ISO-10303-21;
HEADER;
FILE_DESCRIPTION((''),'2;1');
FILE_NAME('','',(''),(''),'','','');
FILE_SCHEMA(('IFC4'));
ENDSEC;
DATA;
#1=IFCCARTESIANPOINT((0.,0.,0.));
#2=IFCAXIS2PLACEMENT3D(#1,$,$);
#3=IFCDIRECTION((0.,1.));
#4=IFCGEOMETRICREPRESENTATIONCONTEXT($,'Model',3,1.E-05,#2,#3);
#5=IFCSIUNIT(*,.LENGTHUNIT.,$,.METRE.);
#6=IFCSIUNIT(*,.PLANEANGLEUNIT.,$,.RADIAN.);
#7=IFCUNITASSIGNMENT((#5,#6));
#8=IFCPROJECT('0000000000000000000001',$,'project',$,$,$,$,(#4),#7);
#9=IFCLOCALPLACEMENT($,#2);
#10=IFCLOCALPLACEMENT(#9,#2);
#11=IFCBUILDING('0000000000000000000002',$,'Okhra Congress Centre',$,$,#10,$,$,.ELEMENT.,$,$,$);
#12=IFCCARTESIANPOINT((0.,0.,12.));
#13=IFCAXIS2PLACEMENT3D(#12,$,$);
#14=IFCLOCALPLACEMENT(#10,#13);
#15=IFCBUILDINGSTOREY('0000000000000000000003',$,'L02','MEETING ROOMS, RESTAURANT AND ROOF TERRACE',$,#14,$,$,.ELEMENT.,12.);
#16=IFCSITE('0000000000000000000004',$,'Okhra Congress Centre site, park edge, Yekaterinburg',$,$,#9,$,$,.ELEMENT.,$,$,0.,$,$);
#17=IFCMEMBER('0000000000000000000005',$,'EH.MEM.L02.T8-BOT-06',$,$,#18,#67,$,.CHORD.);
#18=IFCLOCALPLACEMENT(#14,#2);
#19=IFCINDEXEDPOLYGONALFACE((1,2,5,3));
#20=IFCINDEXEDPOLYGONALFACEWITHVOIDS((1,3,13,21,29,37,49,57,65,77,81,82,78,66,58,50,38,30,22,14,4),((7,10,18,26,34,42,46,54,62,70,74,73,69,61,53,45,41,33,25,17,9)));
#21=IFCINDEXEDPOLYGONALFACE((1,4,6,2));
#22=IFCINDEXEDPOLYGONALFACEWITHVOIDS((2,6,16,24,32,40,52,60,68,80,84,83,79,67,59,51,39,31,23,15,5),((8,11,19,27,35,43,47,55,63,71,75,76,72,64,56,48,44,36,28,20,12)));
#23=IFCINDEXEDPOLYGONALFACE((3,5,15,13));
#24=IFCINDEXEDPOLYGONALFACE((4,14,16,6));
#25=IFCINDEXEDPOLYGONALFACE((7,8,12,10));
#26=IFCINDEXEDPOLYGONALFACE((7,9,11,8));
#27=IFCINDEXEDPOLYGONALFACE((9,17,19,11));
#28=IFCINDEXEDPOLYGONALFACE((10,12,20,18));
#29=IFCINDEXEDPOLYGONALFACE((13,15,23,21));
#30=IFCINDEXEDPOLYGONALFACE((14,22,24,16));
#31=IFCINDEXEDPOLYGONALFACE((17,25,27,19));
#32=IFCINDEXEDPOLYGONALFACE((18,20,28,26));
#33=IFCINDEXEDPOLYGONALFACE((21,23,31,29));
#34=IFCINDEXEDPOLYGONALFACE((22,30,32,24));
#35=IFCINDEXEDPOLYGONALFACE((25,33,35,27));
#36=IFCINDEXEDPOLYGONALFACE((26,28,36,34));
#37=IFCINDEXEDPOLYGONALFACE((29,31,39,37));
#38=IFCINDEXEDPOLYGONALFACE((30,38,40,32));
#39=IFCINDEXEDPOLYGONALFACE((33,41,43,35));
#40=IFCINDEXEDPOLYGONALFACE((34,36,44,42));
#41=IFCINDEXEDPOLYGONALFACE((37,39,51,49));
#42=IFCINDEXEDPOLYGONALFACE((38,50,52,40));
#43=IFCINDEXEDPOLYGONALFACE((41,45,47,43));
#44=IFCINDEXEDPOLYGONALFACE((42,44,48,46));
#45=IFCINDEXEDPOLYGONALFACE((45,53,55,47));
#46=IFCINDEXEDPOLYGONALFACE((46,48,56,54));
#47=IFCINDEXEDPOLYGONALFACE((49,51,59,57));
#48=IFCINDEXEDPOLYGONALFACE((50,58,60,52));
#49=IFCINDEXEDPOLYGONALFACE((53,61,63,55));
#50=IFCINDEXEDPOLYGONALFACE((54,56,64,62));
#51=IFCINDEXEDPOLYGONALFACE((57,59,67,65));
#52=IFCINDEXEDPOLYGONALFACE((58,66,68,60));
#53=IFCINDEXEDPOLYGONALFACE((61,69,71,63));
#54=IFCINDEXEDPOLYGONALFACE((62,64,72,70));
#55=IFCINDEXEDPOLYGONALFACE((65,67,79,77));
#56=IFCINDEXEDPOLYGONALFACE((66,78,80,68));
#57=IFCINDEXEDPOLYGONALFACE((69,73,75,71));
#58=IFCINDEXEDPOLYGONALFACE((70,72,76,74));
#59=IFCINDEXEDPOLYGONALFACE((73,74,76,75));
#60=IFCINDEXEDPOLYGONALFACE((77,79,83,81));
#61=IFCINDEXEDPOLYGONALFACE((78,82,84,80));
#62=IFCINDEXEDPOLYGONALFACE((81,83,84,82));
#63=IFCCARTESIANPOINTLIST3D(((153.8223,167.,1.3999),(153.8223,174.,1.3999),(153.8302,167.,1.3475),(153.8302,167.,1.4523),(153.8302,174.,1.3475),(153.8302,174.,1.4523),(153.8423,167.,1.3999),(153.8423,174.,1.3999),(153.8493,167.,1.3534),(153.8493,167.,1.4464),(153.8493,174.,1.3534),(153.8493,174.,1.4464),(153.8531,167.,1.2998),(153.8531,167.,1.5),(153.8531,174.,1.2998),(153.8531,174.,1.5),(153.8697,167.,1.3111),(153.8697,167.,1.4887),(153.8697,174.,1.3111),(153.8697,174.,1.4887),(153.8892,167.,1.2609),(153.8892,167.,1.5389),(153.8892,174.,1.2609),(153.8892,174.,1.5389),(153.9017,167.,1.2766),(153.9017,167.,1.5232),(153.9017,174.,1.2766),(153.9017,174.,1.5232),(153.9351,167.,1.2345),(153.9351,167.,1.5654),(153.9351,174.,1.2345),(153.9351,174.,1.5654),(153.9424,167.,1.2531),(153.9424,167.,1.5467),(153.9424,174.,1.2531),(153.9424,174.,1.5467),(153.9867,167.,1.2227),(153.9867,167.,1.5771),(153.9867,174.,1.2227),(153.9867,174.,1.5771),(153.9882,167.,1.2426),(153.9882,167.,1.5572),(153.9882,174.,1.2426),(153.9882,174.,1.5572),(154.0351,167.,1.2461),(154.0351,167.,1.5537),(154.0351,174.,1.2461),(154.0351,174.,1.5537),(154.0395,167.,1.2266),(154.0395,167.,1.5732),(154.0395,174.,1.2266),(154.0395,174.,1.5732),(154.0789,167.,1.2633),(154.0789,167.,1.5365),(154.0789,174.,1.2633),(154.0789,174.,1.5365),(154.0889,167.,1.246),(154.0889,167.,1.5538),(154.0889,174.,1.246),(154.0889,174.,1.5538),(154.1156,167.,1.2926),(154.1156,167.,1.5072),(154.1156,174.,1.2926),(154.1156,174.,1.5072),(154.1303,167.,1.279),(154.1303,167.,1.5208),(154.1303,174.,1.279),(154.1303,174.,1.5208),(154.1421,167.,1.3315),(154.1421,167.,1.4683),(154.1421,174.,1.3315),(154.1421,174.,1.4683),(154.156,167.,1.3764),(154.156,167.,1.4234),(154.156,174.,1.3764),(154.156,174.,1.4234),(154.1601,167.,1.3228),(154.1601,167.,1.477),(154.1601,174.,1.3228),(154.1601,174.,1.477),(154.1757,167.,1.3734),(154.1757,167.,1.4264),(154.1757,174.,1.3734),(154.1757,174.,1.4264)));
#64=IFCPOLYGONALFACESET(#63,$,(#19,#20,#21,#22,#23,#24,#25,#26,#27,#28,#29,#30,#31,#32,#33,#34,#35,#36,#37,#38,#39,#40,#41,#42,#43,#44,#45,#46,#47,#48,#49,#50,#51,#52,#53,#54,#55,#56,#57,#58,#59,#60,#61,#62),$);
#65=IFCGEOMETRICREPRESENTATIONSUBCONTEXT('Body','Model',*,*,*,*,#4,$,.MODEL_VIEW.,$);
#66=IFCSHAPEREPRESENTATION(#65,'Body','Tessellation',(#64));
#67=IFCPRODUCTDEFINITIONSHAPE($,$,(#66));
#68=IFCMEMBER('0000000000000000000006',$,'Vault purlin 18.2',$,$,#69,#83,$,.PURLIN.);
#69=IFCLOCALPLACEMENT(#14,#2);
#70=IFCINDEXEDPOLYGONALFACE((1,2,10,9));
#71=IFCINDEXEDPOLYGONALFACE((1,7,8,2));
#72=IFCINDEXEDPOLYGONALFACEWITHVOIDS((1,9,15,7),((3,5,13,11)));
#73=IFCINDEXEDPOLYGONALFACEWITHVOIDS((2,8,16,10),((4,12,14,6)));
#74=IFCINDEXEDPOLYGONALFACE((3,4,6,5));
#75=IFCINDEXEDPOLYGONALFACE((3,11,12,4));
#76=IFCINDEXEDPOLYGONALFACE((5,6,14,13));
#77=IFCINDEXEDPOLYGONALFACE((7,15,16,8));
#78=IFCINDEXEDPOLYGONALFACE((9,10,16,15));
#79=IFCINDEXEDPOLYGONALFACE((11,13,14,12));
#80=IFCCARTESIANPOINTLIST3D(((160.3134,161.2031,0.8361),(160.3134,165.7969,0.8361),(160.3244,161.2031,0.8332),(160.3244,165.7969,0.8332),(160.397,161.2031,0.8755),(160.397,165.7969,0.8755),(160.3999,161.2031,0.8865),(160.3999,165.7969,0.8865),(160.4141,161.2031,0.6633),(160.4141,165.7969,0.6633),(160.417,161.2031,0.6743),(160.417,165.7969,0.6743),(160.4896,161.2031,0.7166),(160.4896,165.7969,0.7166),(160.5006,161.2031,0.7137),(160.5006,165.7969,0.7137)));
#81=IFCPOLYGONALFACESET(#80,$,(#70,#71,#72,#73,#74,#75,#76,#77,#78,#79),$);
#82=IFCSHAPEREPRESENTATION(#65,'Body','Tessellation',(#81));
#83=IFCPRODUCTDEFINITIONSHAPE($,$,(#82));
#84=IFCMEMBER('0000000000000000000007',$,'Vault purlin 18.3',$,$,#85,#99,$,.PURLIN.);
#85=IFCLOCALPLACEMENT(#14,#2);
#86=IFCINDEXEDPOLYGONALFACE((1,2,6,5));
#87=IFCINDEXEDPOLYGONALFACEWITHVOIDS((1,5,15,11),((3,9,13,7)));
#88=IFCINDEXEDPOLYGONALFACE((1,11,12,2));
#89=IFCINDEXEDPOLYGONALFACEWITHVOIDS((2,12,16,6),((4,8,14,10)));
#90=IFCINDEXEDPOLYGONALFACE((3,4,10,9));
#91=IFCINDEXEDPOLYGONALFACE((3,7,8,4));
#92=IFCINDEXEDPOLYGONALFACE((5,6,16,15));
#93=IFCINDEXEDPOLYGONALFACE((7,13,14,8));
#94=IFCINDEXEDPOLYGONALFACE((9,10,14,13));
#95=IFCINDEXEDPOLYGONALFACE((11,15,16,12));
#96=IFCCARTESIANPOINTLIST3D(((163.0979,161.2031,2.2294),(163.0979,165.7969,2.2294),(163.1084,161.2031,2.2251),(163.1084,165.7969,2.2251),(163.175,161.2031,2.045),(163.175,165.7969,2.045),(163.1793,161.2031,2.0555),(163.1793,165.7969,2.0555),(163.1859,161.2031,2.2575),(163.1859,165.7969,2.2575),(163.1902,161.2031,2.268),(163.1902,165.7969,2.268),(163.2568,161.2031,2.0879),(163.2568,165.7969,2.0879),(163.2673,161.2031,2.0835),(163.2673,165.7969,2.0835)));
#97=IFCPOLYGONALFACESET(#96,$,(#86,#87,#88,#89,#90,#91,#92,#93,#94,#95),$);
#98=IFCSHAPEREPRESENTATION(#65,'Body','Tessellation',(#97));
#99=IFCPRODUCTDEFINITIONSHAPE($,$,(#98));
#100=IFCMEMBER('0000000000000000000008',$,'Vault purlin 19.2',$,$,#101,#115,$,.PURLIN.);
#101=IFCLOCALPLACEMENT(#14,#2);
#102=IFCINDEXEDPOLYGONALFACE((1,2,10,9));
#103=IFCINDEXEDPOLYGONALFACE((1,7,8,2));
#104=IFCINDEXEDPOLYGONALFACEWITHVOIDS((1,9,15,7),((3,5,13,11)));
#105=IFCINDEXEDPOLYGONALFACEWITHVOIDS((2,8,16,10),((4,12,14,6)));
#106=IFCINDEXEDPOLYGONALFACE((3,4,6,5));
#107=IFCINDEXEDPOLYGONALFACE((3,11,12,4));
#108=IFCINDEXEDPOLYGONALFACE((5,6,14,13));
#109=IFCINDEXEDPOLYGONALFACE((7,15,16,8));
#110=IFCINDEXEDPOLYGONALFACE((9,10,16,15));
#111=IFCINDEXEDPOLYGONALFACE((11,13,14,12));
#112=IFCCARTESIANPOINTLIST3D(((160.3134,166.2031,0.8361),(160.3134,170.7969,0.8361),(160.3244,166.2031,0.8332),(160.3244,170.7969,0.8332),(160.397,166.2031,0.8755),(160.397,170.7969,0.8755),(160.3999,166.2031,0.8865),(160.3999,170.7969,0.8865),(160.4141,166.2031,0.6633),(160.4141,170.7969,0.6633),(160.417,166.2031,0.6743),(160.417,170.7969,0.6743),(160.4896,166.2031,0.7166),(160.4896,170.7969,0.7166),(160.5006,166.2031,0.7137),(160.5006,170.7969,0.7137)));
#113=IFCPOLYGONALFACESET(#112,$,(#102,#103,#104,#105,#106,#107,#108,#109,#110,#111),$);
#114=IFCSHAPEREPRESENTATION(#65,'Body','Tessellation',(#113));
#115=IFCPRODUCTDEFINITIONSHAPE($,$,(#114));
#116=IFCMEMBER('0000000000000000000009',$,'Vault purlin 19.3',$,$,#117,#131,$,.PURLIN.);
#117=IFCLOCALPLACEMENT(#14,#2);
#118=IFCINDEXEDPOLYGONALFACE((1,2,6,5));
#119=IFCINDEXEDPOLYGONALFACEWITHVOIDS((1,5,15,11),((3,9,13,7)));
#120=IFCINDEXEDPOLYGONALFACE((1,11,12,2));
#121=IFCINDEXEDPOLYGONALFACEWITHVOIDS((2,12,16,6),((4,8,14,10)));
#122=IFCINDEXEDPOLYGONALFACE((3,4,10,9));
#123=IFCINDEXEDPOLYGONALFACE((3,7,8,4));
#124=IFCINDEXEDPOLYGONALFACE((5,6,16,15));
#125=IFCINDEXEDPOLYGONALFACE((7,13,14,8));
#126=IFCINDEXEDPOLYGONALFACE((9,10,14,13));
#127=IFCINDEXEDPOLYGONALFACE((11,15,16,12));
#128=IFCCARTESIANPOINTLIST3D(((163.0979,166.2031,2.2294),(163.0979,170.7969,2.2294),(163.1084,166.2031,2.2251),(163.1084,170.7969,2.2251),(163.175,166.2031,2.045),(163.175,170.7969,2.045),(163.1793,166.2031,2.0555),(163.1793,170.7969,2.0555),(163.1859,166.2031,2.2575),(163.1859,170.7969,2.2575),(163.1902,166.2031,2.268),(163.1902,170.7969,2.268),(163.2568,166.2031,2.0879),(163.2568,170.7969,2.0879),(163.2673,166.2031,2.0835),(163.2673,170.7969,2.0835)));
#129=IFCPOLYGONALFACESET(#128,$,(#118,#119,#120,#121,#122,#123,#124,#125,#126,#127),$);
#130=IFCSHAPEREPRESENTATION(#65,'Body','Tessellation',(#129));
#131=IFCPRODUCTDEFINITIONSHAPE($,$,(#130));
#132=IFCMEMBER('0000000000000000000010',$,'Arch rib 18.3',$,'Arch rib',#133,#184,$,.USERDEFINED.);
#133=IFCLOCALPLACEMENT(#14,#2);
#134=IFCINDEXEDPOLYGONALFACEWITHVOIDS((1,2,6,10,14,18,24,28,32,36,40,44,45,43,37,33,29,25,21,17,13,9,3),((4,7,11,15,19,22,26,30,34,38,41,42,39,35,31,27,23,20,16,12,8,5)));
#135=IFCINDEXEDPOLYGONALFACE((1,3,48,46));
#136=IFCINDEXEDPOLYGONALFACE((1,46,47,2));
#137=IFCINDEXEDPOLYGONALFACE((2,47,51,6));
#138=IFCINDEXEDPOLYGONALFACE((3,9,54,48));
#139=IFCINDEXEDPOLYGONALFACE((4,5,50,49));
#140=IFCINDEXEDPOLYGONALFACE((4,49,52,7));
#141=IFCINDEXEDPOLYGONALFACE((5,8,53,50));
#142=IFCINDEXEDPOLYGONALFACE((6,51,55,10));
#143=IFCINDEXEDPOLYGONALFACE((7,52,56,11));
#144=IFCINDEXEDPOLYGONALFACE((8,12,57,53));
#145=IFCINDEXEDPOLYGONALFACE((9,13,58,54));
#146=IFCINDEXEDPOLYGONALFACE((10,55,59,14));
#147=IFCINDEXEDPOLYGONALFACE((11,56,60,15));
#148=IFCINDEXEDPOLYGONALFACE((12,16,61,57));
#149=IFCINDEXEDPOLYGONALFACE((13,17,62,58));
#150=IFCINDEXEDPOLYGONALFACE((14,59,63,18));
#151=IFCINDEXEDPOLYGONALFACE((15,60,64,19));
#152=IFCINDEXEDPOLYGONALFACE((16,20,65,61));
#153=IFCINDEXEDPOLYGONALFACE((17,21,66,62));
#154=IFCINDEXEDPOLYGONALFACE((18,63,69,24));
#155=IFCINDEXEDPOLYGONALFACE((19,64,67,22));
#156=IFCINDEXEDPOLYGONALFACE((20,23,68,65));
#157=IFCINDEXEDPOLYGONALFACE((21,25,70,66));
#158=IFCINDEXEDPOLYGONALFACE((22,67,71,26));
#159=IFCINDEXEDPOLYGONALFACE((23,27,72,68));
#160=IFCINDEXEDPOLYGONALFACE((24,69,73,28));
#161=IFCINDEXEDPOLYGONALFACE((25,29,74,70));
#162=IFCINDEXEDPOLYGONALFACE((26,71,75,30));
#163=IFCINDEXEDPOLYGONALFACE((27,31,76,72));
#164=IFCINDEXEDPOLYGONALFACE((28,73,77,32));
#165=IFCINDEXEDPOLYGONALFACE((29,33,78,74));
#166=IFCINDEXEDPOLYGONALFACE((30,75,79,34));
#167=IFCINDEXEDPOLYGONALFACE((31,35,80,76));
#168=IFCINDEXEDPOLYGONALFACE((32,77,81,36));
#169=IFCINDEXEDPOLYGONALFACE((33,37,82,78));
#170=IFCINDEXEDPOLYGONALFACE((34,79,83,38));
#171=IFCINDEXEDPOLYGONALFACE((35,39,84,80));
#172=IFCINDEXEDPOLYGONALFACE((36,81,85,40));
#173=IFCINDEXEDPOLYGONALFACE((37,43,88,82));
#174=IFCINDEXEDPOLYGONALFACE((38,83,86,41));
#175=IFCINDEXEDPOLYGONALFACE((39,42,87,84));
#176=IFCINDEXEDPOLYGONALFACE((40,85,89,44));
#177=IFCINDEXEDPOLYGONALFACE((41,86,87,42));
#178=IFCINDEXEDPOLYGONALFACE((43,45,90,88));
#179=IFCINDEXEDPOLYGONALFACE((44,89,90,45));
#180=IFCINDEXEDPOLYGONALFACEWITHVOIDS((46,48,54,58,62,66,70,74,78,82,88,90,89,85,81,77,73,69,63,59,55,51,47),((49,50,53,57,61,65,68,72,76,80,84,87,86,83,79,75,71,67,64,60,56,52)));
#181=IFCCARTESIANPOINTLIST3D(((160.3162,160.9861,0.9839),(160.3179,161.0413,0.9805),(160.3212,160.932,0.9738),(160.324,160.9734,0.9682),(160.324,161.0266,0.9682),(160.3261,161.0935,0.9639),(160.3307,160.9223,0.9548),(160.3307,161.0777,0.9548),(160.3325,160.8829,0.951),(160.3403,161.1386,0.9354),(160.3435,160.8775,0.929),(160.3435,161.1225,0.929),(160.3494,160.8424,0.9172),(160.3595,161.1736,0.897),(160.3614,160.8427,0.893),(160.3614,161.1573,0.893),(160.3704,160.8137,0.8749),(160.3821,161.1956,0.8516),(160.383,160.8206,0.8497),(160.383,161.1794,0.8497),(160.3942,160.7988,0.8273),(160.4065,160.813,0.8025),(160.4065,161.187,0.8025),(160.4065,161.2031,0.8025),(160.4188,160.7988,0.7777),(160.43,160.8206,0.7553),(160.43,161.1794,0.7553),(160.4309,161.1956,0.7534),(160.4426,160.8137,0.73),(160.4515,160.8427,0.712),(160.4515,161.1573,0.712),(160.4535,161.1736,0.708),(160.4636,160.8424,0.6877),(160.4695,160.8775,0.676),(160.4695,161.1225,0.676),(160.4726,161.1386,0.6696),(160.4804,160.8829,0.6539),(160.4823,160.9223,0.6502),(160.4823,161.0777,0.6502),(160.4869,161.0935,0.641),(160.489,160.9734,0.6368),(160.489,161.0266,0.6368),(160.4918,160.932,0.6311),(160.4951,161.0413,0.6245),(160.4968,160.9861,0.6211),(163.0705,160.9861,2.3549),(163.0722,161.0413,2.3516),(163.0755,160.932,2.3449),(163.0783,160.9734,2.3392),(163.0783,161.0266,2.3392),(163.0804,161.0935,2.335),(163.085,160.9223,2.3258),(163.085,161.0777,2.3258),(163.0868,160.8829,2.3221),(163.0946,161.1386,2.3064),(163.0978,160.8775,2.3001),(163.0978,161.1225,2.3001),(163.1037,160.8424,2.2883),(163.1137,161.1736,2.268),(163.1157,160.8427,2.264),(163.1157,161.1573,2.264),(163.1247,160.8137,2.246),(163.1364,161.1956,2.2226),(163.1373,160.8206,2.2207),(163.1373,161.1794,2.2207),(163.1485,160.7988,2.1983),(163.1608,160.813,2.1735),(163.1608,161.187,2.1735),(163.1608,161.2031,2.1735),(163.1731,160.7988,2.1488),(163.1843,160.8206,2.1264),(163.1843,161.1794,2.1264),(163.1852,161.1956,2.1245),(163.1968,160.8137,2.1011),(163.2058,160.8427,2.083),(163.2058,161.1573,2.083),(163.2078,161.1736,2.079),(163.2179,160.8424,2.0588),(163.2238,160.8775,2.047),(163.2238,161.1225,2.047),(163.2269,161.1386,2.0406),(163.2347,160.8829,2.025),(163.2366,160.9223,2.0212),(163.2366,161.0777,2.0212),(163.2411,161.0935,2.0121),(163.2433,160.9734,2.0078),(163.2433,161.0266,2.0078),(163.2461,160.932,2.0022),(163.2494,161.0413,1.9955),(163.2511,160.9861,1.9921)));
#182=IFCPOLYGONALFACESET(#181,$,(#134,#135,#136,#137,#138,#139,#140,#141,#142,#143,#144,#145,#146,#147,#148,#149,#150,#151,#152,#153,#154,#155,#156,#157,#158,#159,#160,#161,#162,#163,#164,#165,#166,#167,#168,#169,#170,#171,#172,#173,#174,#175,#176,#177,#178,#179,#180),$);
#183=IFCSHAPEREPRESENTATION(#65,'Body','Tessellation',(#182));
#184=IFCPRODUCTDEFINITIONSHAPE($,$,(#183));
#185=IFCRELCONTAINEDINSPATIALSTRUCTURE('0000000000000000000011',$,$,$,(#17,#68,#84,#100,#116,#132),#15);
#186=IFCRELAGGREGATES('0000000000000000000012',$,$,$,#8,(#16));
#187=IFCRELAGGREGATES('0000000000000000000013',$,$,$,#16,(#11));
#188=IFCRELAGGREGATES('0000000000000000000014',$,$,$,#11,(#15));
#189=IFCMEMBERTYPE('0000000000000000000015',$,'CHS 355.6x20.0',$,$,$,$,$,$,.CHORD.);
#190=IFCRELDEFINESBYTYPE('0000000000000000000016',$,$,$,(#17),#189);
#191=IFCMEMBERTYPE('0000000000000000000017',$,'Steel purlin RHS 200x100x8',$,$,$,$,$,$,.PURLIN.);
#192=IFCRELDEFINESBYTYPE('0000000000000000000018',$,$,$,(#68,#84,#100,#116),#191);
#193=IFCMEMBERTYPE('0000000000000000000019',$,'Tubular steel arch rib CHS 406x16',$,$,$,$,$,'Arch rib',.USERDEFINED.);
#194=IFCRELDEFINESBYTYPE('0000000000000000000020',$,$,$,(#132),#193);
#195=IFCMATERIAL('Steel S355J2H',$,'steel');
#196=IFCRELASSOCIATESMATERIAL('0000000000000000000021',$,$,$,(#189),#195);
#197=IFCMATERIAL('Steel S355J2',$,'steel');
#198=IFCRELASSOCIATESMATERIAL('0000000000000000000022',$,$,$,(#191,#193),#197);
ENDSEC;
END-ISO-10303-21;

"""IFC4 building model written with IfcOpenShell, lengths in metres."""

from ifc_helpers import new_model, si_unit, direction, frame, origin, origin_2d, place, context, subcontext, project, spatial, hollow_rectangle, hollow_circle, extrude, material, material_profile, profile_set, type_object, element, save


model = new_model("IFC4")

# Units and contexts
model_context = context("Model", 3, precision=1e-05, world=origin(), true_north=direction((0.0, 1.0)))
body_context = subcontext(model_context, "Body", "Model", "MODEL_VIEW")
ifc_project = project(units=[si_unit("LENGTHUNIT", "METRE"), si_unit("PLANEANGLEUNIT", "RADIAN")], contexts=[model_context])

# Site, building, storey
site_placement = place(None, origin())
site = spatial("IfcSite", under=ifc_project, at=site_placement, Name="Okhra Congress Centre site, park edge, Yekaterinburg", CompositionType="ELEMENT", RefElevation=0.0)
building_placement = place(site_placement, origin())
building = spatial("IfcBuilding", under=site, at=building_placement, Name="Okhra Congress Centre", CompositionType="ELEMENT")
storey_placement = place(building_placement, frame((0.0, 0.0, 12.0)))
storey = spatial("IfcBuildingStorey", under=building, at=storey_placement, Name="L02", Description="MEETING ROOMS, RESTAURANT AND ROOF TERRACE", CompositionType="ELEMENT", Elevation=12.0)

# Members
ifc_material_1 = material(Name="Steel S355J2H", Category="steel")
ifc_material_profile_1 = material_profile(ifc_material_1, hollow_circle(Radius=0.1777, WallThickness=0.02, at=origin_2d()), Name="CHS 355.6x20.0")
ifc_profile_set_1 = profile_set([ifc_material_profile_1], Name="Steel S355J2H")
member_type_1 = type_object("IfcMemberType", Name="CHS 355.6x20.0", PredefinedType="CHORD", material=ifc_profile_set_1)
for number, where, z_axis, x_axis, name in (
    (1, (154.0, 167.0, 1.3999), (0.0, 1.0, 0.0), (-1.0, 0.0, 0.0), "EH.MEM.L02.T8-BOT-06"),
):
    element("IfcMember", number, at=place(storey_placement, frame(where, z_axis=z_axis, x_axis=x_axis)), inside=storey, type_object=member_type_1, Name=name, PredefinedType="CHORD", context=body_context, shape_type="SweptSolid", body=[
        extrude(hollow_circle(Radius=0.1777, WallThickness=0.02, at=origin_2d()), origin(), (0.0, 0.0, 1.0), 7.0),
    ])
ifc_material_2 = material(Name="Steel S355J2", Category="steel")
ifc_material_profile_2 = material_profile(ifc_material_2, hollow_rectangle(XDim=0.1001, YDim=0.2, WallThickness=0.0081, at=origin_2d()), Name="RHS 200x100x8")
ifc_profile_set_2 = profile_set([ifc_material_profile_2], Name="Steel S355J2")
member_type_2 = type_object("IfcMemberType", Name="Steel purlin RHS 200x100x8", PredefinedType="PURLIN", material=ifc_profile_set_2)
for number, where, z_axis, x_axis, name in (
    (2, (160.407, 161.2031, 0.7749), (0.0, 1.0, 0.0), (-0.863917, 0.0, -0.503634), "Vault purlin 18.2"),
    (3, (163.1826, 161.2031, 2.1565), (0.0, 1.0, 0.0), (-0.922669, 0.0, -0.385593), "Vault purlin 18.3"),
    (4, (160.407, 166.2031, 0.7749), (0.0, 1.0, 0.0), (-0.863917, 0.0, -0.503634), "Vault purlin 19.2"),
    (5, (163.1826, 166.2031, 2.1565), (0.0, 1.0, 0.0), (-0.922669, 0.0, -0.385593), "Vault purlin 19.3"),
):
    element("IfcMember", number, at=place(storey_placement, frame(where, z_axis=z_axis, x_axis=x_axis)), inside=storey, type_object=member_type_2, Name=name, PredefinedType="PURLIN", context=body_context, shape_type="SweptSolid", body=[
        extrude(hollow_rectangle(XDim=0.1001, YDim=0.2, WallThickness=0.0081, at=origin_2d()), origin(), (0.0, 0.0, 1.0), 4.5938),
    ])
ifc_material_profile_3 = material_profile(ifc_material_2, hollow_circle(Radius=0.2031, WallThickness=0.0161, at=origin_2d()), Name="CHS 406.4x16")
ifc_profile_set_3 = profile_set([ifc_material_profile_3], Name="Steel S355J2")
member_type_3 = type_object("IfcMemberType", Name="Tubular steel arch rib CHS 406x16", ElementType="Arch rib", PredefinedType="USERDEFINED", material=ifc_profile_set_3)
for number, where, z_axis, x_axis, name in (
    (6, (160.4065, 161.0, 0.8025), (0.895219, 0.0, 0.445626), (0.0, 1.0, 0.0), "Arch rib 18.3"),
):
    element("IfcMember", number, at=place(storey_placement, frame(where, z_axis=z_axis, x_axis=x_axis)), inside=storey, type_object=member_type_3, Name=name, ObjectType="Arch rib", PredefinedType="USERDEFINED", context=body_context, shape_type="SweptSolid", body=[
        extrude(hollow_circle(Radius=0.2031, WallThickness=0.0161, at=origin_2d()), origin(), (0.0, 0.0, 1.0), 3.0767),
    ])

save(model, "model.ifc")
